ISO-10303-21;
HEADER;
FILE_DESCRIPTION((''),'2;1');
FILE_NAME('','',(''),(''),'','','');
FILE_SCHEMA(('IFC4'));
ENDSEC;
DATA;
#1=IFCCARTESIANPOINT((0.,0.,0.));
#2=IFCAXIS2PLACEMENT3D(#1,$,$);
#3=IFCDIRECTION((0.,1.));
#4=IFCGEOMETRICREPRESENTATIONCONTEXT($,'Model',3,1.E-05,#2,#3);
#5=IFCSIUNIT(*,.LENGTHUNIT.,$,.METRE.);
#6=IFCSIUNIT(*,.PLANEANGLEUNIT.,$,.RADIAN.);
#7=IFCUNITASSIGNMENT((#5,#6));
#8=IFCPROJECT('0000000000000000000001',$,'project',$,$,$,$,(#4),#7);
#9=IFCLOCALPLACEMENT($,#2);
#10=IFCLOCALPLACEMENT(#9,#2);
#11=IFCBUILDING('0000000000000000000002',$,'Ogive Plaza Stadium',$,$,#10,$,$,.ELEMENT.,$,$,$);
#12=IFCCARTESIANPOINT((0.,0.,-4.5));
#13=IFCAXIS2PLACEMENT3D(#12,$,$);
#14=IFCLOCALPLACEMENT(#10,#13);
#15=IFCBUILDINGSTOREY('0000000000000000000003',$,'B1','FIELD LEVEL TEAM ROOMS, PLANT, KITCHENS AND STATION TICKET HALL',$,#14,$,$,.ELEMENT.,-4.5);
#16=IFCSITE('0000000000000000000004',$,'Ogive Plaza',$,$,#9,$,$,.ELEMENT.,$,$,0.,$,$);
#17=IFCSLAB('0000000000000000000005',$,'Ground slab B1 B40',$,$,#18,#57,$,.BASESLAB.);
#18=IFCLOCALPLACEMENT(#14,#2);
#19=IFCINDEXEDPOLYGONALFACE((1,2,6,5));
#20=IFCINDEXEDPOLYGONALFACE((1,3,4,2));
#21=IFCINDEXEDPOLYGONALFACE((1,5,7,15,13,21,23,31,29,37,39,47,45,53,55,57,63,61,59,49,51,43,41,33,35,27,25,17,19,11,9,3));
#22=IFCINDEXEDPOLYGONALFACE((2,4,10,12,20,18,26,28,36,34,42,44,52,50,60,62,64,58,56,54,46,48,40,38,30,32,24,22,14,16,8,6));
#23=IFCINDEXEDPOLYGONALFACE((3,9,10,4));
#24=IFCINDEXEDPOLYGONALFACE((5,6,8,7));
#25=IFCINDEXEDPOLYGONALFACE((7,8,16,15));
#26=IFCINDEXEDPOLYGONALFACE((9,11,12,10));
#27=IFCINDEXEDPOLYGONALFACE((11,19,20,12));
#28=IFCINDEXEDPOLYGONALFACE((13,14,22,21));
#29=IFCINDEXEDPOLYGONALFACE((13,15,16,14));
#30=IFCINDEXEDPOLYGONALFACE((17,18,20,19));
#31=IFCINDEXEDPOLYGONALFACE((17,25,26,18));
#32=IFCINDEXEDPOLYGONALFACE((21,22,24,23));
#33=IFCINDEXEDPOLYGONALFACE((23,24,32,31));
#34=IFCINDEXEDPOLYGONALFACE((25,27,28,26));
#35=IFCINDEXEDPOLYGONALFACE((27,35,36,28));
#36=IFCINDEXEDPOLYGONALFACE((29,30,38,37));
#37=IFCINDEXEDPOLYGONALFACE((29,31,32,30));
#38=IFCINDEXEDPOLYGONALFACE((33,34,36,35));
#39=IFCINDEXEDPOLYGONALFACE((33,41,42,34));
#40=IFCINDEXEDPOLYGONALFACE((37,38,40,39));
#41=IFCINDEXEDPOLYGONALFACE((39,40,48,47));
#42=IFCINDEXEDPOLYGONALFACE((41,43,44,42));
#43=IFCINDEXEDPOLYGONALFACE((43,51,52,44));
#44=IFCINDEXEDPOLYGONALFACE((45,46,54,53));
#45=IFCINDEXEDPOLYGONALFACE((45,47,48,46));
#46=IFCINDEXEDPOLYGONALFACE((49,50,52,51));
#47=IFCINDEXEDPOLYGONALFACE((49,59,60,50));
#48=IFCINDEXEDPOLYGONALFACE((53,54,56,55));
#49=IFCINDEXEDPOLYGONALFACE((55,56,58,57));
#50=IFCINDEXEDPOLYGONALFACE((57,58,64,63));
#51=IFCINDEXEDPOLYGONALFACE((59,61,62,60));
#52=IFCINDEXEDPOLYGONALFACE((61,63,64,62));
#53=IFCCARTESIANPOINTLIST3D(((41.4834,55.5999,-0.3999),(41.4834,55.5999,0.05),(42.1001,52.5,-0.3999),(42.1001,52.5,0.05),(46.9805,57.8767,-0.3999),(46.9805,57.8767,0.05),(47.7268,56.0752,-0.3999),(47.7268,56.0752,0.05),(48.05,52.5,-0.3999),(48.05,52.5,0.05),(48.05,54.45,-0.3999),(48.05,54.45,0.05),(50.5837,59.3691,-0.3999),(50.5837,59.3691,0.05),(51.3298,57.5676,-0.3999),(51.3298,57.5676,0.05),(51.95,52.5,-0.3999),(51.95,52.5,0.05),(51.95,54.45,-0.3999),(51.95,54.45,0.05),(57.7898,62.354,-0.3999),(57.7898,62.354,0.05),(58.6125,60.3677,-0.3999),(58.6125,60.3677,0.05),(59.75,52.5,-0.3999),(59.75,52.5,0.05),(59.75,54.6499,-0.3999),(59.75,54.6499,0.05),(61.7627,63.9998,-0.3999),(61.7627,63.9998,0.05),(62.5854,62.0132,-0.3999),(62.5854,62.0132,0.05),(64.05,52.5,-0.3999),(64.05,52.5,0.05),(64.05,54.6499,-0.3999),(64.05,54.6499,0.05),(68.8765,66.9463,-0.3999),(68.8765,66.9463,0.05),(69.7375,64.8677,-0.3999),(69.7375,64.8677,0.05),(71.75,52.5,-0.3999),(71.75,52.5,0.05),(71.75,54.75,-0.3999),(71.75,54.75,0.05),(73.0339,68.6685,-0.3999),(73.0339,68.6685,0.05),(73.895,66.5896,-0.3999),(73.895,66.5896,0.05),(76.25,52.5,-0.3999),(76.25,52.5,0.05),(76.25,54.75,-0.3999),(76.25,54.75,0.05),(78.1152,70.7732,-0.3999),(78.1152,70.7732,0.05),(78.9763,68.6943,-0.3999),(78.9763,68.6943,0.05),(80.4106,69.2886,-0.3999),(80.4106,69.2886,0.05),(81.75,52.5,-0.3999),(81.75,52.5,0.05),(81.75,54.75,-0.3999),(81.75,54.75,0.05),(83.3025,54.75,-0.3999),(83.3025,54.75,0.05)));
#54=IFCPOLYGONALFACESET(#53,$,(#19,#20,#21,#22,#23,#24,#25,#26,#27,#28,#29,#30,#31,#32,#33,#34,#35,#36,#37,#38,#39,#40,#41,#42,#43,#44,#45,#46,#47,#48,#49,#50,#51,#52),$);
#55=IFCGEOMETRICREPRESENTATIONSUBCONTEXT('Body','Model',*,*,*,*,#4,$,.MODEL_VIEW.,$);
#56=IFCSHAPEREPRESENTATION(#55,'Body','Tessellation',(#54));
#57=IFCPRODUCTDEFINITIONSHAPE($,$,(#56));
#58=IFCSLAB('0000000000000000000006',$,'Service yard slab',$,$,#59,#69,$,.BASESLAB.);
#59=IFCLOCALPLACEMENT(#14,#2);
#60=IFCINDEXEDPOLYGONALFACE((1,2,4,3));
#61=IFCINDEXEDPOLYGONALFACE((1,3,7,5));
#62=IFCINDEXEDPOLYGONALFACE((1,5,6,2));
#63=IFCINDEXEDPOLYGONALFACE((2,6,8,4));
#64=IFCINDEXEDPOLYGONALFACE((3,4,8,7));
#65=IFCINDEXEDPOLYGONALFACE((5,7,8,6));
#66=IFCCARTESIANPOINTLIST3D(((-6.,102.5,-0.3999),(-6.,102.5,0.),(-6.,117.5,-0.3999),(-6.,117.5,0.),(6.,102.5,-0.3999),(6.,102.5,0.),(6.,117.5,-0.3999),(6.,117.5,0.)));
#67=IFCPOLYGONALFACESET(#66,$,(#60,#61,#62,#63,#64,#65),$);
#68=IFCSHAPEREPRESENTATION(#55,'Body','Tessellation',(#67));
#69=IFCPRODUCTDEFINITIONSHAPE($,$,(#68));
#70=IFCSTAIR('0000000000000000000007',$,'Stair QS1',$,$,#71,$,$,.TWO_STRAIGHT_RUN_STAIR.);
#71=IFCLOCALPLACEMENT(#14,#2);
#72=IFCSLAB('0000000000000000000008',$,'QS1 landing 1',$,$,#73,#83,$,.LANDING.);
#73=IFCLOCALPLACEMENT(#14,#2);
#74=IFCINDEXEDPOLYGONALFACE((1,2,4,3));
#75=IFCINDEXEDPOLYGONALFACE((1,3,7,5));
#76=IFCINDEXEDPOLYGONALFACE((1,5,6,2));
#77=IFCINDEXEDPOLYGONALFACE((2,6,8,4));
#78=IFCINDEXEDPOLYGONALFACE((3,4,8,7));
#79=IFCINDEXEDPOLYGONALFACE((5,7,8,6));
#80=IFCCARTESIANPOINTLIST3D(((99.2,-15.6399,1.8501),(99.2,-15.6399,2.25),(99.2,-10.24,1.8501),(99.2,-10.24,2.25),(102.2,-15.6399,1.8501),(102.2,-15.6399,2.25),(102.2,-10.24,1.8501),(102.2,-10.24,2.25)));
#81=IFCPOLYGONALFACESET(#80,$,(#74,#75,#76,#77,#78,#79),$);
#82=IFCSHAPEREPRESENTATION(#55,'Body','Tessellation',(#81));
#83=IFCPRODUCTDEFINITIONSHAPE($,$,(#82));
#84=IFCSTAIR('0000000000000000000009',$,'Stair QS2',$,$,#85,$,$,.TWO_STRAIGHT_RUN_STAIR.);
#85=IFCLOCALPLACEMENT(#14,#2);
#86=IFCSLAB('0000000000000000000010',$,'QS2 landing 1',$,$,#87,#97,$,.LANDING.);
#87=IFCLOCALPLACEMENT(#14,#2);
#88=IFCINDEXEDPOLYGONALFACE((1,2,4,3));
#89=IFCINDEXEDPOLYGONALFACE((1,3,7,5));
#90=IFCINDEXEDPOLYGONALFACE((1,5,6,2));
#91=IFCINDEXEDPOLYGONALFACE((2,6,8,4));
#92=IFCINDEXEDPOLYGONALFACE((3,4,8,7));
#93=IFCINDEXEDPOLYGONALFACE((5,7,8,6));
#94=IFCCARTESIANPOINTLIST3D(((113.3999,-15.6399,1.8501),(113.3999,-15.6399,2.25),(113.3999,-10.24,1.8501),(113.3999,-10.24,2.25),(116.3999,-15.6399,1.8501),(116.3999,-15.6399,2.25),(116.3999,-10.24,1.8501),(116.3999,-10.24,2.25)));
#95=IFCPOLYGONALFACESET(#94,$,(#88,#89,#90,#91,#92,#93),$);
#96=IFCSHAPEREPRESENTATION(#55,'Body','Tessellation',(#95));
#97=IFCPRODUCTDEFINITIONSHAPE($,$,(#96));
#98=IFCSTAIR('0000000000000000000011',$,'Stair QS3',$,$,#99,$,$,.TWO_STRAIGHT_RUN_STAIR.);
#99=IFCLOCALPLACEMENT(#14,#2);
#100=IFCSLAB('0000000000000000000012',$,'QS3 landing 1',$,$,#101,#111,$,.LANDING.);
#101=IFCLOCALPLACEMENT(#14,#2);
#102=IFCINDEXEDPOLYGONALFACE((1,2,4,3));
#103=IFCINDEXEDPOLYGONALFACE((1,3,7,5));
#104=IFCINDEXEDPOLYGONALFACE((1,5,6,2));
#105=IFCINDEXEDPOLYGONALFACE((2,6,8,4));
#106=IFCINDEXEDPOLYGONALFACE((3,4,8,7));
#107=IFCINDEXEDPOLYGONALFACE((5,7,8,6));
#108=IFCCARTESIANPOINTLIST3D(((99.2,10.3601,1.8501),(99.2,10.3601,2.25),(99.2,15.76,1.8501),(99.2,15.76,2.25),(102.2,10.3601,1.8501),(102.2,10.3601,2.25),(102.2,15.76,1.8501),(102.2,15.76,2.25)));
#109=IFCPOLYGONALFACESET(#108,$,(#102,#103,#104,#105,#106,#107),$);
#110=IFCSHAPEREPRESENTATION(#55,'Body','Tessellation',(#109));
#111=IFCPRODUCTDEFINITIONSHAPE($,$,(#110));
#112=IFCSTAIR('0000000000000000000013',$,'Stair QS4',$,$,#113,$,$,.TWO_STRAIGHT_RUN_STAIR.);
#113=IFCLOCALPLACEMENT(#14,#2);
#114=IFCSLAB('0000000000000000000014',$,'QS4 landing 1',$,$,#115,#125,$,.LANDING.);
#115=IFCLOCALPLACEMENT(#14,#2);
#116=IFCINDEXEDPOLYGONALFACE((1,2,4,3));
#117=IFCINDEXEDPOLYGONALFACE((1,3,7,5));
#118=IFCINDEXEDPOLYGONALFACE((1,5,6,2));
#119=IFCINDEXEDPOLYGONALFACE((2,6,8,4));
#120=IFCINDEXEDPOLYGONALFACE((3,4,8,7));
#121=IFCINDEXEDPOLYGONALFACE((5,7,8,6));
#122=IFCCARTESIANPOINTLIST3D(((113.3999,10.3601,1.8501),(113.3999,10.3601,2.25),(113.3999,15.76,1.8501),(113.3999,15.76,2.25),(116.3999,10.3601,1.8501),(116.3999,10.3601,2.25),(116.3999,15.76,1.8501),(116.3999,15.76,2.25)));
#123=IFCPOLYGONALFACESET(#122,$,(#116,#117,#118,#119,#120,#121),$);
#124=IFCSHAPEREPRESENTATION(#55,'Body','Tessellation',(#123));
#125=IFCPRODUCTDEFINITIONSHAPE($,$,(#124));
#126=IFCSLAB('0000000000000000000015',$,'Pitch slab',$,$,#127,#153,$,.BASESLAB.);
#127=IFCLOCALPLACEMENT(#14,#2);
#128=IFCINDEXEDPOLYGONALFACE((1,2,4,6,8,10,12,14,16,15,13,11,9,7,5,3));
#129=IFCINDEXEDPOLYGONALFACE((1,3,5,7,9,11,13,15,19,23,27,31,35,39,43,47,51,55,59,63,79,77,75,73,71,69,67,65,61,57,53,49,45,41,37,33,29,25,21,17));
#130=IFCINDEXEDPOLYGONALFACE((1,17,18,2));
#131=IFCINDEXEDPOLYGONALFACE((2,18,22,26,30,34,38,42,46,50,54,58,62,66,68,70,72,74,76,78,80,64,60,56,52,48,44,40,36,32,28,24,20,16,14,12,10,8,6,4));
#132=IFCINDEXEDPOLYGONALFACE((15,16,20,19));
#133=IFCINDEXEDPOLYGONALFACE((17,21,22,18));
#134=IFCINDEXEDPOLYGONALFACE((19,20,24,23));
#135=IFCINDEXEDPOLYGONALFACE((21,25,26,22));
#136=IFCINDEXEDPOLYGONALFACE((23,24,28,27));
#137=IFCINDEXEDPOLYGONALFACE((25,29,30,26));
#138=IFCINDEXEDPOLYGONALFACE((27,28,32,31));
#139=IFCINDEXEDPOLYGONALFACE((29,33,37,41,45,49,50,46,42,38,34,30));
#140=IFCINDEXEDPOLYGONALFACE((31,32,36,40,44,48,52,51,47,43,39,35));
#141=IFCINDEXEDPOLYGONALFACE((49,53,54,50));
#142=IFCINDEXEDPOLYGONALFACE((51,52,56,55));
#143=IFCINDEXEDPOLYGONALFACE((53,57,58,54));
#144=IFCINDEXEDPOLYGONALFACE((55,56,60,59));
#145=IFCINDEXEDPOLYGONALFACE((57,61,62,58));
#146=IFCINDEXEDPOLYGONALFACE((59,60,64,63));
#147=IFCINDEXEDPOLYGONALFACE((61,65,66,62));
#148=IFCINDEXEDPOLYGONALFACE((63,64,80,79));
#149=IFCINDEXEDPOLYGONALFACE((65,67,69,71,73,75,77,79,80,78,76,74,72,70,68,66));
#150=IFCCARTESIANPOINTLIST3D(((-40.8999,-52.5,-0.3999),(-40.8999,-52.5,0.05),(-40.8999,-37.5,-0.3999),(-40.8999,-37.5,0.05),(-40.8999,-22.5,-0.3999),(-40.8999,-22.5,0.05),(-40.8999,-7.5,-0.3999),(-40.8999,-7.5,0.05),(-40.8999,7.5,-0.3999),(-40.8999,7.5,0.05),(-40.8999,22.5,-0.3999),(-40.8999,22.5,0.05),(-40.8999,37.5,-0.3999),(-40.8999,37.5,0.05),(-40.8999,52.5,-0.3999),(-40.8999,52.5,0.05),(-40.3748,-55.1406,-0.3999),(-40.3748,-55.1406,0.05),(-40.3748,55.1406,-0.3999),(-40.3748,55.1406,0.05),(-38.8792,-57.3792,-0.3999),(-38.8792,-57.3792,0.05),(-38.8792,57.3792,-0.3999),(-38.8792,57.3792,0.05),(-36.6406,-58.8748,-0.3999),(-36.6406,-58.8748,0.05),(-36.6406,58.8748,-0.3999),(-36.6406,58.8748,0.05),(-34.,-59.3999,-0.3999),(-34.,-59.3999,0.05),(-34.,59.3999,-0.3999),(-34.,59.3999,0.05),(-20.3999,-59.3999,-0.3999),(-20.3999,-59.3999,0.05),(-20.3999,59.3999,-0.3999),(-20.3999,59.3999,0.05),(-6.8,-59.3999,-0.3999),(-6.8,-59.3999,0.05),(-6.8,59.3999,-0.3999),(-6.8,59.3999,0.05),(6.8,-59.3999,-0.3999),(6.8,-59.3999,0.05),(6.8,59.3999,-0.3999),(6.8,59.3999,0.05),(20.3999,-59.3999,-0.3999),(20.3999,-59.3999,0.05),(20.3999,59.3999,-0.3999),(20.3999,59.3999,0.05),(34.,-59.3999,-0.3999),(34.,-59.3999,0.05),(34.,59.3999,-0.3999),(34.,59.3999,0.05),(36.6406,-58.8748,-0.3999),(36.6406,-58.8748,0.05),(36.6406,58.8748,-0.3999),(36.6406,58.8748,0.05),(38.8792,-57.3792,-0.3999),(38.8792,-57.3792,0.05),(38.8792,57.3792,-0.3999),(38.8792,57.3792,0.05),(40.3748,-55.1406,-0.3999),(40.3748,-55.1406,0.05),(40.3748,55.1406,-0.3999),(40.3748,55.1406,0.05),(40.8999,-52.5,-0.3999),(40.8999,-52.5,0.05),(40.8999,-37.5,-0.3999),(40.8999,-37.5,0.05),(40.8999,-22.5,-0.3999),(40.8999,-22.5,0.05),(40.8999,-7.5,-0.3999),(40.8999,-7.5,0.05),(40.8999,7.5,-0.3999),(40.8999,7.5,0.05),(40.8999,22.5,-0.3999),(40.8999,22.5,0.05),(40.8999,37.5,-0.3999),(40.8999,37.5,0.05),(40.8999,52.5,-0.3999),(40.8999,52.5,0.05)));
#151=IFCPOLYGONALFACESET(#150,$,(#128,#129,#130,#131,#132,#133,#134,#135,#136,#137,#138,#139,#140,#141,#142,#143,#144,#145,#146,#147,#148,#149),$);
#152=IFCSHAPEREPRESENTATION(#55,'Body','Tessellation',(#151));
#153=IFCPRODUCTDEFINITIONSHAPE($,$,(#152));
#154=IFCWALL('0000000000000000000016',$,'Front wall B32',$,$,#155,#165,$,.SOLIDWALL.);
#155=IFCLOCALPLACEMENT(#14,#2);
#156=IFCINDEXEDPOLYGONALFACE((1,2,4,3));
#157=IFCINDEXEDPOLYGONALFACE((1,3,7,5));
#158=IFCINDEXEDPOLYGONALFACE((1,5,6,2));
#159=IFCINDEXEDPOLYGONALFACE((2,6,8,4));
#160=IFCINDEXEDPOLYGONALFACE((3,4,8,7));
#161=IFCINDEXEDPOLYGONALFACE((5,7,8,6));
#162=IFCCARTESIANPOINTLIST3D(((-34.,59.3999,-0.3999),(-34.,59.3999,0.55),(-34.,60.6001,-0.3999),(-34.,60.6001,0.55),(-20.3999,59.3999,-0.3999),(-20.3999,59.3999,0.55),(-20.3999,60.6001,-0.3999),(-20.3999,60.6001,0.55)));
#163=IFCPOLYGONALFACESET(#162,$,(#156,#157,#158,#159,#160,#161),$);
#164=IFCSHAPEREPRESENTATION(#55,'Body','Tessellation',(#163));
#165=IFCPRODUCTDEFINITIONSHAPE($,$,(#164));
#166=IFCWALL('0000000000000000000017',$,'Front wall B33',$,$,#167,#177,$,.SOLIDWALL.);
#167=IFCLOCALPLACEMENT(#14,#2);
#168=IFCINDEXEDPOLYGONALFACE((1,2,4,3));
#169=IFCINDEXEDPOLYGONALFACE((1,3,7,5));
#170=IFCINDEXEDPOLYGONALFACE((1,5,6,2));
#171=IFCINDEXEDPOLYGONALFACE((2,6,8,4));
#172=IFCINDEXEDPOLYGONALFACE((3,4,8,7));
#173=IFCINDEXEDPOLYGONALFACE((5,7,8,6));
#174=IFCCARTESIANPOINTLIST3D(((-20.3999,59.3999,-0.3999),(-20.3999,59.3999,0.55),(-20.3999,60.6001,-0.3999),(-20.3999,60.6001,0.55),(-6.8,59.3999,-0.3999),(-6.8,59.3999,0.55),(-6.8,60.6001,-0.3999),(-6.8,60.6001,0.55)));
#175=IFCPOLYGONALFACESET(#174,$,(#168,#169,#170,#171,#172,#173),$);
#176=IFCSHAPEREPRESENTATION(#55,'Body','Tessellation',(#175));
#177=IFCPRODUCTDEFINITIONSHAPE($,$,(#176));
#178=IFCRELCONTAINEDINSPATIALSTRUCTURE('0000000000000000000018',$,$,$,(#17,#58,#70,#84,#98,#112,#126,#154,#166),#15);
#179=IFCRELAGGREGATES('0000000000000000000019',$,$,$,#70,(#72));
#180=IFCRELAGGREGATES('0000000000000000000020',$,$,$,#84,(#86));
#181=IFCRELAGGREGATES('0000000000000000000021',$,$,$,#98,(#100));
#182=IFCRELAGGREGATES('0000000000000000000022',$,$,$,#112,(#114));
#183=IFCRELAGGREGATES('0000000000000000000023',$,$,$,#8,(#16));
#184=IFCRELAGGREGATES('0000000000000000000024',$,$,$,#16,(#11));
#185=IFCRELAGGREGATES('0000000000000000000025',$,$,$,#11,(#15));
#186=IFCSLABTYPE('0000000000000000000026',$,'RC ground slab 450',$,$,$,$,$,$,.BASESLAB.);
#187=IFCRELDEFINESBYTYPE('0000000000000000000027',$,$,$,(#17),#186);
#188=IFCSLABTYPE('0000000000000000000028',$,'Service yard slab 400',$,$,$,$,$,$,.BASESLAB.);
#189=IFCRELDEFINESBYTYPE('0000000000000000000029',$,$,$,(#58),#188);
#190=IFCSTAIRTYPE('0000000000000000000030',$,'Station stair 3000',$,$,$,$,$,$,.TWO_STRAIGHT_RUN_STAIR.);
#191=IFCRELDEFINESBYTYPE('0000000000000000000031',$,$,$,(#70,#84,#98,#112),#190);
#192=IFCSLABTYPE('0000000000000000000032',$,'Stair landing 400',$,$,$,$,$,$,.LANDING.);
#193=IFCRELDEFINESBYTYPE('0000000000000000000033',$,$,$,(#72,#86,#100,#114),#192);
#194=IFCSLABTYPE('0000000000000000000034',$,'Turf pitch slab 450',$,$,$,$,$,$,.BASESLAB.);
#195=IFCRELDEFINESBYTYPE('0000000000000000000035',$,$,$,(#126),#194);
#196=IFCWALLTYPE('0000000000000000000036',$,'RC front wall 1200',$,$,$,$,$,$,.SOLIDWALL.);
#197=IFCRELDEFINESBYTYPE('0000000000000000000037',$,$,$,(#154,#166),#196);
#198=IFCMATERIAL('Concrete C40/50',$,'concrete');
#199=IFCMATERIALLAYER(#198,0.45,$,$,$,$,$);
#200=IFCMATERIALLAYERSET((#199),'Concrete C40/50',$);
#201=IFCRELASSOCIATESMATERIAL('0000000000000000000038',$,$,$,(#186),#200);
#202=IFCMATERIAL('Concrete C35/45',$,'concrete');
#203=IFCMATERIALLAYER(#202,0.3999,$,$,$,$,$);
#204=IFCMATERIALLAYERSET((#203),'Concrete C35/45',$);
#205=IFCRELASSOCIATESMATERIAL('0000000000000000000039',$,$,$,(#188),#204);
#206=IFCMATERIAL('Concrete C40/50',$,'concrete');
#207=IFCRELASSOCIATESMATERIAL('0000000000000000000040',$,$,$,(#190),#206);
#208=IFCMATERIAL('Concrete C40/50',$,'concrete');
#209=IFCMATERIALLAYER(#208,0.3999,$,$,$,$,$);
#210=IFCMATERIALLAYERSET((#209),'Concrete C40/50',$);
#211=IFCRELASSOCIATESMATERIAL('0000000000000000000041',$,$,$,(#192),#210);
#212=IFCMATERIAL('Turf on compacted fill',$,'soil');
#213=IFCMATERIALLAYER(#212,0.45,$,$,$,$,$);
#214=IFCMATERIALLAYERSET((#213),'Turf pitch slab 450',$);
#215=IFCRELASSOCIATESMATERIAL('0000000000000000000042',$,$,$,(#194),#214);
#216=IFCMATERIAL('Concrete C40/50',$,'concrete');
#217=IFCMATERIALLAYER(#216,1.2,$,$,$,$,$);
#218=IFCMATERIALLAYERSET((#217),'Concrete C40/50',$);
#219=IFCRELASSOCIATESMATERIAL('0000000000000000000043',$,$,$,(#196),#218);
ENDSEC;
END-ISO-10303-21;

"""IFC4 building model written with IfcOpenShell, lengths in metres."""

from ifc_helpers import new_model, si_unit, direction, frame, origin, place, context, subcontext, project, spatial, polyline, outline, extrude, material, layer, layer_set, type_object, element, aggregate, save


model = new_model("IFC4")

# Units and contexts
model_context = context("Model", 3, precision=1e-05, world=origin(), true_north=direction((0.0, 1.0)))
body_context = subcontext(model_context, "Body", "Model", "MODEL_VIEW")
ifc_project = project(units=[si_unit("LENGTHUNIT", "METRE"), si_unit("PLANEANGLEUNIT", "RADIAN")], contexts=[model_context])

# Site, building, storey
site_placement = place(None, origin())
site = spatial("IfcSite", under=ifc_project, at=site_placement, Name="Ogive Plaza", CompositionType="ELEMENT", RefElevation=0.0)
building_placement = place(site_placement, origin())
building = spatial("IfcBuilding", under=site, at=building_placement, Name="Ogive Plaza Stadium", CompositionType="ELEMENT")
storey_placement = place(building_placement, frame((0.0, 0.0, -4.5)))
storey = spatial("IfcBuildingStorey", under=building, at=storey_placement, Name="B1", Description="FIELD LEVEL TEAM ROOMS, PLANT, KITCHENS AND STATION TICKET HALL", CompositionType="ELEMENT", Elevation=-4.5)

# Slabs
ifc_material_1 = material(Name="Concrete C40/50", Category="concrete")
ifc_layer_1 = layer(ifc_material_1, 0.45)
ifc_layer_set_1 = layer_set([ifc_layer_1], Name="Concrete C40/50")
slab_type_1 = type_object("IfcSlabType", Name="RC ground slab 450", PredefinedType="BASESLAB", material=ifc_layer_set_1)
slab_1_placement = place(storey_placement, frame((0.0, 0.0, -0.3999)))
element("IfcSlab", 1, at=slab_1_placement, inside=storey, type_object=slab_type_1, Name="Ground slab B1 B40", PredefinedType="BASESLAB", context=body_context, shape_type="SweptSolid", body=[
    extrude(outline(polyline([(48.05, 52.5), (48.05, 54.45), (51.95, 54.45), (51.95, 52.5), (59.75, 52.5), (59.75, 54.6499), (64.05, 54.6499), (64.05, 52.5), (71.75, 52.5), (71.75, 54.75), (76.25, 54.75), (76.25, 52.5), (81.75, 52.5), (81.75, 54.75), (83.3025, 54.75), (80.4106, 69.2886), (78.9763, 68.6943), (78.1152, 70.7732), (73.0339, 68.6685), (73.895, 66.5896), (69.7375, 64.8677), (68.8765, 66.9463), (61.7627, 63.9998), (62.5854, 62.0132), (58.6125, 60.3677), (57.7898, 62.354), (50.5837, 59.3691), (51.3298, 57.5676), (47.7268, 56.0752), (46.9805, 57.8767), (41.4834, 55.5999), (42.1001, 52.5), (48.05, 52.5)])), origin(), (0.0, 0.0, 1.0), 0.45),
])
ifc_material_2 = material(Name="Concrete C35/45", Category="concrete")
ifc_layer_2 = layer(ifc_material_2, 0.3999)
ifc_layer_set_2 = layer_set([ifc_layer_2], Name="Concrete C35/45")
slab_type_2 = type_object("IfcSlabType", Name="Service yard slab 400", PredefinedType="BASESLAB", material=ifc_layer_set_2)
slab_2_placement = place(storey_placement, frame((0.0, 0.0, -0.3999)))
element("IfcSlab", 2, at=slab_2_placement, inside=storey, type_object=slab_type_2, Name="Service yard slab", PredefinedType="BASESLAB", context=body_context, shape_type="SweptSolid", body=[
    extrude(outline(polyline([(-6.0, 102.5), (6.0, 102.5), (6.0, 117.5), (-6.0, 117.5), (-6.0, 102.5)])), origin(), (0.0, 0.0, 1.0), 0.3999),
])

# Stairs, slabs
ifc_material_3 = material(Name="Concrete C40/50", Category="concrete")
stair_type = type_object("IfcStairType", Name="Station stair 3000", PredefinedType="TWO_STRAIGHT_RUN_STAIR", material=ifc_material_3)
stair_1_placement = place(storey_placement, origin())
stair_1 = element("IfcStair", 3, at=stair_1_placement, inside=storey, type_object=stair_type, Name="Stair QS1", PredefinedType="TWO_STRAIGHT_RUN_STAIR")
ifc_material_4 = material(Name="Concrete C40/50", Category="concrete")
ifc_layer_3 = layer(ifc_material_4, 0.3999)
ifc_layer_set_3 = layer_set([ifc_layer_3], Name="Concrete C40/50")
slab_type_3 = type_object("IfcSlabType", Name="Stair landing 400", PredefinedType="LANDING", material=ifc_layer_set_3)
slab_3_placement = place(storey_placement, frame((0.0, 0.0, 1.8501)))
slab_3 = element("IfcSlab", 4, at=slab_3_placement, type_object=slab_type_3, Name="QS1 landing 1", PredefinedType="LANDING", context=body_context, shape_type="SweptSolid", body=[
    extrude(outline(polyline([(99.2, -15.6399), (102.2, -15.6399), (102.2, -10.24), (99.2, -10.24), (99.2, -15.6399)])), origin(), (0.0, 0.0, 1.0), 0.3999),
])
aggregate(stair_1, [slab_3])
stair_2_placement = place(storey_placement, origin())
stair_2 = element("IfcStair", 5, at=stair_2_placement, inside=storey, type_object=stair_type, Name="Stair QS2", PredefinedType="TWO_STRAIGHT_RUN_STAIR")
slab_4_placement = place(storey_placement, frame((0.0, 0.0, 1.8501)))
slab_4 = element("IfcSlab", 6, at=slab_4_placement, type_object=slab_type_3, Name="QS2 landing 1", PredefinedType="LANDING", context=body_context, shape_type="SweptSolid", body=[
    extrude(outline(polyline([(113.3999, -15.6399), (116.3999, -15.6399), (116.3999, -10.24), (113.3999, -10.24), (113.3999, -15.6399)])), origin(), (0.0, 0.0, 1.0), 0.3999),
])
aggregate(stair_2, [slab_4])
stair_3_placement = place(storey_placement, origin())
stair_3 = element("IfcStair", 7, at=stair_3_placement, inside=storey, type_object=stair_type, Name="Stair QS3", PredefinedType="TWO_STRAIGHT_RUN_STAIR")
slab_5_placement = place(storey_placement, frame((0.0, 0.0, 1.8501)))
slab_5 = element("IfcSlab", 8, at=slab_5_placement, type_object=slab_type_3, Name="QS3 landing 1", PredefinedType="LANDING", context=body_context, shape_type="SweptSolid", body=[
    extrude(outline(polyline([(99.2, 10.3601), (102.2, 10.3601), (102.2, 15.76), (99.2, 15.76), (99.2, 10.3601)])), origin(), (0.0, 0.0, 1.0), 0.3999),
])
aggregate(stair_3, [slab_5])
stair_4_placement = place(storey_placement, origin())
stair_4 = element("IfcStair", 9, at=stair_4_placement, inside=storey, type_object=stair_type, Name="Stair QS4", PredefinedType="TWO_STRAIGHT_RUN_STAIR")
slab_6_placement = place(storey_placement, frame((0.0, 0.0, 1.8501)))
slab_6 = element("IfcSlab", 10, at=slab_6_placement, type_object=slab_type_3, Name="QS4 landing 1", PredefinedType="LANDING", context=body_context, shape_type="SweptSolid", body=[
    extrude(outline(polyline([(113.3999, 10.3601), (116.3999, 10.3601), (116.3999, 15.76), (113.3999, 15.76), (113.3999, 10.3601)])), origin(), (0.0, 0.0, 1.0), 0.3999),
])
aggregate(stair_4, [slab_6])

# Slab
ifc_material_5 = material(Name="Turf on compacted fill", Category="soil")
ifc_layer_4 = layer(ifc_material_5, 0.45)
ifc_layer_set_4 = layer_set([ifc_layer_4], Name="Turf pitch slab 450")
slab_type_4 = type_object("IfcSlabType", Name="Turf pitch slab 450", PredefinedType="BASESLAB", material=ifc_layer_set_4)
slab_7_placement = place(storey_placement, frame((0.0, 0.0, -0.3999)))
element("IfcSlab", 11, at=slab_7_placement, inside=storey, type_object=slab_type_4, Name="Pitch slab", PredefinedType="BASESLAB", context=body_context, shape_type="SweptSolid", body=[
    extrude(outline(polyline([(40.8999, 52.5), (40.8999, 37.5), (40.8999, 22.5), (40.8999, 7.5), (40.8999, -7.5), (40.8999, -22.5), (40.8999, -37.5), (40.8999, -52.5), (40.3748, -55.1406), (38.8792, -57.3792), (36.6406, -58.8748), (34.0, -59.3999), (20.3999, -59.3999), (6.8, -59.3999), (-6.8, -59.3999), (-20.3999, -59.3999), (-34.0, -59.3999), (-36.6406, -58.8748), (-38.8792, -57.3792), (-40.3748, -55.1406), (-40.8999, -52.5), (-40.8999, -37.5), (-40.8999, -22.5), (-40.8999, -7.5), (-40.8999, 7.5), (-40.8999, 22.5), (-40.8999, 37.5), (-40.8999, 52.5), (-40.3748, 55.1406), (-38.8792, 57.3792), (-36.6406, 58.8748), (-34.0, 59.3999), (-20.3999, 59.3999), (-6.8, 59.3999), (6.8, 59.3999), (20.3999, 59.3999), (34.0, 59.3999), (36.6406, 58.8748), (38.8792, 57.3792), (40.3748, 55.1406), (40.8999, 52.5)])), origin(), (0.0, 0.0, 1.0), 0.45),
])

# Walls
ifc_material_6 = material(Name="Concrete C40/50", Category="concrete")
ifc_layer_5 = layer(ifc_material_6, 1.2)
ifc_layer_set_5 = layer_set([ifc_layer_5], Name="Concrete C40/50")
wall_type_1 = type_object("IfcWallType", Name="RC front wall 1200", PredefinedType="SOLIDWALL", material=ifc_layer_set_5)
wall_1_placement = place(storey_placement, frame((0.0, 0.0, -0.3999)))
element("IfcWall", 12, at=wall_1_placement, inside=storey, type_object=wall_type_1, Name="Front wall B32", PredefinedType="SOLIDWALL", context=body_context, shape_type="SweptSolid", body=[
    extrude(outline(polyline([(-20.3999, 59.3999), (-20.3999, 60.6001), (-34.0, 60.6001), (-34.0, 59.3999), (-20.3999, 59.3999)])), origin(), (0.0, 0.0, 1.0), 0.95),
])
wall_2_placement = place(storey_placement, frame((0.0, 0.0, -0.3999)))
element("IfcWall", 13, at=wall_2_placement, inside=storey, type_object=wall_type_1, Name="Front wall B33", PredefinedType="SOLIDWALL", context=body_context, shape_type="SweptSolid", body=[
    extrude(outline(polyline([(-6.8, 59.3999), (-6.8, 60.6001), (-20.3999, 60.6001), (-20.3999, 59.3999), (-6.8, 59.3999)])), origin(), (0.0, 0.0, 1.0), 0.95),
])

save(model, "model.ifc")
